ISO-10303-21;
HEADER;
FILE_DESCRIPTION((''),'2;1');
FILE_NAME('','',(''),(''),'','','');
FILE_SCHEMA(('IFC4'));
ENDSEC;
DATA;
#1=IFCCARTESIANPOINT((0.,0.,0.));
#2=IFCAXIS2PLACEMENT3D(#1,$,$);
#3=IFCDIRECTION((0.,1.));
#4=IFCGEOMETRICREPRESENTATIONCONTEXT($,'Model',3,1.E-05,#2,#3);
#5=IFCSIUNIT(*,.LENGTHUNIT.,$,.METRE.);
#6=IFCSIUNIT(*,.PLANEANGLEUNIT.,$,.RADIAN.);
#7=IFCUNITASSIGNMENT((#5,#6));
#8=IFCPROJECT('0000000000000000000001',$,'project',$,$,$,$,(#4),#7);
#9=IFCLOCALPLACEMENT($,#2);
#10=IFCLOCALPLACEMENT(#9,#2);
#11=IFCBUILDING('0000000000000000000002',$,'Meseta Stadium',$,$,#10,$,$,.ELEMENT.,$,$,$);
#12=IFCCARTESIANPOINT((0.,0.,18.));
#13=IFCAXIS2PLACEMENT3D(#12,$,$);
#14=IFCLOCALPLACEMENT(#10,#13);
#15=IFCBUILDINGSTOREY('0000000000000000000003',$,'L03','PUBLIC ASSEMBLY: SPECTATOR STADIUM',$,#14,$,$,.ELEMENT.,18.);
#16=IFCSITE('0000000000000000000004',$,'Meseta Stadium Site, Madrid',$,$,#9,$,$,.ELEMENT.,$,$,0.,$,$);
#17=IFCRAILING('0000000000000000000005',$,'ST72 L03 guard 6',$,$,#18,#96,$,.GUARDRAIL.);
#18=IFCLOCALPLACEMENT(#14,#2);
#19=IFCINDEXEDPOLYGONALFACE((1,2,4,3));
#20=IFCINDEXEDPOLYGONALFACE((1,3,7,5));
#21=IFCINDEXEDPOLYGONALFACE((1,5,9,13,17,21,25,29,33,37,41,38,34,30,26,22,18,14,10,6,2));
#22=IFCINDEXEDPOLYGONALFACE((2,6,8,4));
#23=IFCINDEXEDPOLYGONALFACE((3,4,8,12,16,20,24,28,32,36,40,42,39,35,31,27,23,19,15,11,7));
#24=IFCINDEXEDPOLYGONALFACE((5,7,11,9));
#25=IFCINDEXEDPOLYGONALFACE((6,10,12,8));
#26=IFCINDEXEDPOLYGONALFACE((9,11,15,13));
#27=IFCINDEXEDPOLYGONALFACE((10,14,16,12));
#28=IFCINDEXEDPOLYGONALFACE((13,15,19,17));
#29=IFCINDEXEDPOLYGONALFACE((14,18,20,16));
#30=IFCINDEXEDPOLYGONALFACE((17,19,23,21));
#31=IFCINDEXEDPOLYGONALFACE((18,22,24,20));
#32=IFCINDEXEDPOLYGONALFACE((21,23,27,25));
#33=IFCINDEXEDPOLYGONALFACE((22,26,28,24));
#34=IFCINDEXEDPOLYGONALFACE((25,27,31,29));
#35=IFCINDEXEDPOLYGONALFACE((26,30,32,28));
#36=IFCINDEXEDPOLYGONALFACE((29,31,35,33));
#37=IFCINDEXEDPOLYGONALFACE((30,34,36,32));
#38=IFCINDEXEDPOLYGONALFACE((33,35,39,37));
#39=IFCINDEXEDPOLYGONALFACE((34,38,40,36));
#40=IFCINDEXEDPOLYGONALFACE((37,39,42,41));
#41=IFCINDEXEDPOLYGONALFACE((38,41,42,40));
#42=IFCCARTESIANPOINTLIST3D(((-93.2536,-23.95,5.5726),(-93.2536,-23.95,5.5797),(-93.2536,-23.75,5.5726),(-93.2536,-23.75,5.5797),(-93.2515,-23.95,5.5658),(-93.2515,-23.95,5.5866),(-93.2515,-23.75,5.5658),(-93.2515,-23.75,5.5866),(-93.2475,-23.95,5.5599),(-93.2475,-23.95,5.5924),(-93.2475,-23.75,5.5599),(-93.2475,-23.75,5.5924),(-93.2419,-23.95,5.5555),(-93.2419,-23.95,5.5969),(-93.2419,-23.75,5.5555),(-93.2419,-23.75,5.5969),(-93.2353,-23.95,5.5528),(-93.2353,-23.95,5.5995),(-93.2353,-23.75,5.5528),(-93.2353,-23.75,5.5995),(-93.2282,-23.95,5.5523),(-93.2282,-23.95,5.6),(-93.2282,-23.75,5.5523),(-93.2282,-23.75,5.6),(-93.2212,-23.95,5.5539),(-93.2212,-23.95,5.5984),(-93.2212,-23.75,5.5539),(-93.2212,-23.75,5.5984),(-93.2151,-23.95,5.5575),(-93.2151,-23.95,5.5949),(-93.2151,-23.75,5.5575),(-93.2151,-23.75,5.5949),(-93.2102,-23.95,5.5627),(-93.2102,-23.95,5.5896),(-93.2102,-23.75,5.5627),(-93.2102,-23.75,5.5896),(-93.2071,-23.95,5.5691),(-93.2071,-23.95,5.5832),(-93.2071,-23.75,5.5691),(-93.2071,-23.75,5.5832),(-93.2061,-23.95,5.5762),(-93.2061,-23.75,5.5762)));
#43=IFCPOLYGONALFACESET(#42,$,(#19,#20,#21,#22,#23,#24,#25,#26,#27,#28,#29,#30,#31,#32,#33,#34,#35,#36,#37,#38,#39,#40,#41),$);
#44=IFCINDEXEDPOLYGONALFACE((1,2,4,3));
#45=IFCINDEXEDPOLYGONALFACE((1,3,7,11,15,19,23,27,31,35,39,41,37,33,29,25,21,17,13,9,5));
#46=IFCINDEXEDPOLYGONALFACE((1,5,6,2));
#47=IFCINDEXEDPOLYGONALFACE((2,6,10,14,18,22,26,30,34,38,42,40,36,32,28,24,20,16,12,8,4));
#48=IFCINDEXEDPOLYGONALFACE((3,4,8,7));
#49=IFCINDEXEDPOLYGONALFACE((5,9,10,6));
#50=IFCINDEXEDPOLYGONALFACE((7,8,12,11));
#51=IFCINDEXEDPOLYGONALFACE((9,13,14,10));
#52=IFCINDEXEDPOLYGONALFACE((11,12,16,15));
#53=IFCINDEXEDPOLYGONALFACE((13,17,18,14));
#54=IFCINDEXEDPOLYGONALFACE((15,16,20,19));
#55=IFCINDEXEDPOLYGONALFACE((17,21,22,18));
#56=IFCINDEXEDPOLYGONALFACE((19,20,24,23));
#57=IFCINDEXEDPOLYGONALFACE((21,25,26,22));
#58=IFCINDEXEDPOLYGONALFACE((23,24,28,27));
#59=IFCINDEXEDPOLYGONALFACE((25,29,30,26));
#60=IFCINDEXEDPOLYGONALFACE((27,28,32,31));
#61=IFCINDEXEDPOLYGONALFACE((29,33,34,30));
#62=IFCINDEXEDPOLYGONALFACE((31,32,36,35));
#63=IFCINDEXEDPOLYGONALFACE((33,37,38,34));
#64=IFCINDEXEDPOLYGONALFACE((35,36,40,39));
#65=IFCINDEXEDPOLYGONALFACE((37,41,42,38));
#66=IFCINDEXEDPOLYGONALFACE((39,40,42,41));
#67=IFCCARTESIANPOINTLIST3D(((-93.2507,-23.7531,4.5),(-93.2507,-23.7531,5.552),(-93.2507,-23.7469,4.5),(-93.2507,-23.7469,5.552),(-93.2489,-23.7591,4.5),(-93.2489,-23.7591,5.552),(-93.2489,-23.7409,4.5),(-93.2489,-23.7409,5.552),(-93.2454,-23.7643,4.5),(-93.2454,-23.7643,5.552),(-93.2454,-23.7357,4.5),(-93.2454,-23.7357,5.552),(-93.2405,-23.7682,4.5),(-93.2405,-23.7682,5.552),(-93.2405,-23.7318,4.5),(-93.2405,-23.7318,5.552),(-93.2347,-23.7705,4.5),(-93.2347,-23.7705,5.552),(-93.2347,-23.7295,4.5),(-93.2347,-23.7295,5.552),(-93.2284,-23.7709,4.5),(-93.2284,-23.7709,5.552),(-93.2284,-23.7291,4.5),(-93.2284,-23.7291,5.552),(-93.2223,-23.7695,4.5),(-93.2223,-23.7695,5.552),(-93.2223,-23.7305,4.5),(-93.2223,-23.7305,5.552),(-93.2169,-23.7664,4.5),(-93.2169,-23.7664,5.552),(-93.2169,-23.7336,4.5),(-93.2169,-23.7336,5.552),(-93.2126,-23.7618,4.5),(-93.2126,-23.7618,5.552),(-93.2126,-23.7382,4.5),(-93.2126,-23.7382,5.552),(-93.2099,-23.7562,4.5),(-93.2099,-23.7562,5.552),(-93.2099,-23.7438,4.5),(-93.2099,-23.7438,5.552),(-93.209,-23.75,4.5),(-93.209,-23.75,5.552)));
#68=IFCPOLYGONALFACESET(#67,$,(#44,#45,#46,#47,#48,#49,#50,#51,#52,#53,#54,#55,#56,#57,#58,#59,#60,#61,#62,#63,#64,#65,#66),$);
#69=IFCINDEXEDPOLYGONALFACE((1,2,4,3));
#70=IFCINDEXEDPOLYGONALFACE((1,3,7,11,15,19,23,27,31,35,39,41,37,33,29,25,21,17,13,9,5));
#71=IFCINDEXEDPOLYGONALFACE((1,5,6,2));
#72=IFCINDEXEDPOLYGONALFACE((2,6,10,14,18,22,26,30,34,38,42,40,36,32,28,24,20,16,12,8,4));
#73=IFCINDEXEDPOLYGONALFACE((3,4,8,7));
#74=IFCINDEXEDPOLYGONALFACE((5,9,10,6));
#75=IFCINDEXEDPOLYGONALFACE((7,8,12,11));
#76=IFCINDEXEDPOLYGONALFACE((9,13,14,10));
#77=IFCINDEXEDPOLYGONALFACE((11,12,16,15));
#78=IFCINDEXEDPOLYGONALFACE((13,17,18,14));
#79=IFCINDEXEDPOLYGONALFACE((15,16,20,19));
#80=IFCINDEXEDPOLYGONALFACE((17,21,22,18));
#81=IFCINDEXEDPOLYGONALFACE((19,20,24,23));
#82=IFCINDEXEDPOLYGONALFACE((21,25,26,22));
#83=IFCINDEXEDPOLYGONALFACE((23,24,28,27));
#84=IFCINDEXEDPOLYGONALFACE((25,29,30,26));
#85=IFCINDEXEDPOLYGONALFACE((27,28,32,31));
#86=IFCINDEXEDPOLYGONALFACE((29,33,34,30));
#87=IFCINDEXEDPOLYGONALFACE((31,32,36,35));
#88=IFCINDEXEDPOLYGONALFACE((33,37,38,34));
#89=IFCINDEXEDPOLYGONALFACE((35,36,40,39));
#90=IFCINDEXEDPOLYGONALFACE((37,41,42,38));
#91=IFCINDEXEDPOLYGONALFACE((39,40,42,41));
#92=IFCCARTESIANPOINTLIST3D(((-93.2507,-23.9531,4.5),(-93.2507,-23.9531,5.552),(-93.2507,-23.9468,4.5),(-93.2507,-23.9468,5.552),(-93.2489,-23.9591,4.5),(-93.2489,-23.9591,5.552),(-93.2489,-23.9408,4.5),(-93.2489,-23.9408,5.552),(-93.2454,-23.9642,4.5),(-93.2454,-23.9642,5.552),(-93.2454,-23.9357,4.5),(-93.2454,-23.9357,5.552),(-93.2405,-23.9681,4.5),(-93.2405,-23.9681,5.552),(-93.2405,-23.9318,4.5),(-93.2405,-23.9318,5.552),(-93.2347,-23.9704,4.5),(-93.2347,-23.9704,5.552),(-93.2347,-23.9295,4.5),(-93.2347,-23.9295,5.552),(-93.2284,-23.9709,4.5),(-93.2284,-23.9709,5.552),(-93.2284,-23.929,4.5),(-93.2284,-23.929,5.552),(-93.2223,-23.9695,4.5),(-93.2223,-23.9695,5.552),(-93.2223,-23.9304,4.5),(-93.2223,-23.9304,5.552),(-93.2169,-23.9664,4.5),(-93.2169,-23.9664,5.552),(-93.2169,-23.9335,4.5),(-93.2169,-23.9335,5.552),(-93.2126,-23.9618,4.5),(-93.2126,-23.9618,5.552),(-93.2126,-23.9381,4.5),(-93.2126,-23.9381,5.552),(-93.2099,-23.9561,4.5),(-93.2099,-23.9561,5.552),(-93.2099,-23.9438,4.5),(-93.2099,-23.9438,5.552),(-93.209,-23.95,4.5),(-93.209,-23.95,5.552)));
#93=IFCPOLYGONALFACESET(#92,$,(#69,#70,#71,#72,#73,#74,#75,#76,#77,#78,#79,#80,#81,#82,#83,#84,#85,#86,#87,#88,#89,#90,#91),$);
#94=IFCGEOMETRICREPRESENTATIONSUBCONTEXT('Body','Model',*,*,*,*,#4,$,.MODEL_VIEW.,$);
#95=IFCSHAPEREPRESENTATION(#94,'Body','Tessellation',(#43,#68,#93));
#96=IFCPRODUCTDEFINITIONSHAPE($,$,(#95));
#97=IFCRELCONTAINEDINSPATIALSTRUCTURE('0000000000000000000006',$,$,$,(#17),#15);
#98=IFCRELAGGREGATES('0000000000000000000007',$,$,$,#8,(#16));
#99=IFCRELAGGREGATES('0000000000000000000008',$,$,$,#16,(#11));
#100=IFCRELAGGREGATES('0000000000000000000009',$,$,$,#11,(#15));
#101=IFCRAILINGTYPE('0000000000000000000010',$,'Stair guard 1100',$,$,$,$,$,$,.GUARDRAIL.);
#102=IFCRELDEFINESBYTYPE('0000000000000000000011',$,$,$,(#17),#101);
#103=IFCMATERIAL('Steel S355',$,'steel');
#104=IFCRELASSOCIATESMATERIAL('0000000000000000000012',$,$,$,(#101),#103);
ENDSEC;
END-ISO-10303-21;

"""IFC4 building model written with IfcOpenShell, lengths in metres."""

from ifc_helpers import new_model, si_unit, direction, frame, origin, origin_2d, place, context, subcontext, project, spatial, circle, extrude, material, type_object, element, save


model = new_model("IFC4")

# Units and contexts
model_context = context("Model", 3, precision=1e-05, world=origin(), true_north=direction((0.0, 1.0)))
body_context = subcontext(model_context, "Body", "Model", "MODEL_VIEW")
ifc_project = project(units=[si_unit("LENGTHUNIT", "METRE"), si_unit("PLANEANGLEUNIT", "RADIAN")], contexts=[model_context])

# Site, building, storey
site_placement = place(None, origin())
site = spatial("IfcSite", under=ifc_project, at=site_placement, Name="Meseta Stadium Site, Madrid", CompositionType="ELEMENT", RefElevation=0.0)
building_placement = place(site_placement, origin())
building = spatial("IfcBuilding", under=site, at=building_placement, Name="Meseta Stadium", CompositionType="ELEMENT")
storey_placement = place(building_placement, frame((0.0, 0.0, 18.0)))
storey = spatial("IfcBuildingStorey", under=building, at=storey_placement, Name="L03", Description="PUBLIC ASSEMBLY: SPECTATOR STADIUM", CompositionType="ELEMENT", Elevation=18.0)

# Railing
ifc_material_1 = material(Name="Steel S355", Category="steel")
railing_type_1 = type_object("IfcRailingType", Name="Stair guard 1100", PredefinedType="GUARDRAIL", material=ifc_material_1)
railing_1_placement = place(storey_placement, frame((-93.23, -23.75, 4.5)))
element("IfcRailing", 1, at=railing_1_placement, inside=storey, type_object=railing_type_1, Name="ST72 L03 guard 6", PredefinedType="GUARDRAIL", context=body_context, shape_type="SweptSolid", body=[
    extrude(circle(Radius=0.0239, at=origin_2d()), frame((0.0, 0.0, 1.0762), z_axis=(0.0, -1.0, 0.0), x_axis=(1.0, 0.0, 0.0)), (0.0, 0.0, 1.0), 0.2),
    extrude(circle(Radius=0.021, at=origin_2d()), origin(), (0.0, 0.0, 1.0), 1.052),
    extrude(circle(Radius=0.021, at=origin_2d()), frame((0.0, -0.2, 0.0)), (0.0, 0.0, 1.0), 1.052),
])

save(model, "model.ifc")
